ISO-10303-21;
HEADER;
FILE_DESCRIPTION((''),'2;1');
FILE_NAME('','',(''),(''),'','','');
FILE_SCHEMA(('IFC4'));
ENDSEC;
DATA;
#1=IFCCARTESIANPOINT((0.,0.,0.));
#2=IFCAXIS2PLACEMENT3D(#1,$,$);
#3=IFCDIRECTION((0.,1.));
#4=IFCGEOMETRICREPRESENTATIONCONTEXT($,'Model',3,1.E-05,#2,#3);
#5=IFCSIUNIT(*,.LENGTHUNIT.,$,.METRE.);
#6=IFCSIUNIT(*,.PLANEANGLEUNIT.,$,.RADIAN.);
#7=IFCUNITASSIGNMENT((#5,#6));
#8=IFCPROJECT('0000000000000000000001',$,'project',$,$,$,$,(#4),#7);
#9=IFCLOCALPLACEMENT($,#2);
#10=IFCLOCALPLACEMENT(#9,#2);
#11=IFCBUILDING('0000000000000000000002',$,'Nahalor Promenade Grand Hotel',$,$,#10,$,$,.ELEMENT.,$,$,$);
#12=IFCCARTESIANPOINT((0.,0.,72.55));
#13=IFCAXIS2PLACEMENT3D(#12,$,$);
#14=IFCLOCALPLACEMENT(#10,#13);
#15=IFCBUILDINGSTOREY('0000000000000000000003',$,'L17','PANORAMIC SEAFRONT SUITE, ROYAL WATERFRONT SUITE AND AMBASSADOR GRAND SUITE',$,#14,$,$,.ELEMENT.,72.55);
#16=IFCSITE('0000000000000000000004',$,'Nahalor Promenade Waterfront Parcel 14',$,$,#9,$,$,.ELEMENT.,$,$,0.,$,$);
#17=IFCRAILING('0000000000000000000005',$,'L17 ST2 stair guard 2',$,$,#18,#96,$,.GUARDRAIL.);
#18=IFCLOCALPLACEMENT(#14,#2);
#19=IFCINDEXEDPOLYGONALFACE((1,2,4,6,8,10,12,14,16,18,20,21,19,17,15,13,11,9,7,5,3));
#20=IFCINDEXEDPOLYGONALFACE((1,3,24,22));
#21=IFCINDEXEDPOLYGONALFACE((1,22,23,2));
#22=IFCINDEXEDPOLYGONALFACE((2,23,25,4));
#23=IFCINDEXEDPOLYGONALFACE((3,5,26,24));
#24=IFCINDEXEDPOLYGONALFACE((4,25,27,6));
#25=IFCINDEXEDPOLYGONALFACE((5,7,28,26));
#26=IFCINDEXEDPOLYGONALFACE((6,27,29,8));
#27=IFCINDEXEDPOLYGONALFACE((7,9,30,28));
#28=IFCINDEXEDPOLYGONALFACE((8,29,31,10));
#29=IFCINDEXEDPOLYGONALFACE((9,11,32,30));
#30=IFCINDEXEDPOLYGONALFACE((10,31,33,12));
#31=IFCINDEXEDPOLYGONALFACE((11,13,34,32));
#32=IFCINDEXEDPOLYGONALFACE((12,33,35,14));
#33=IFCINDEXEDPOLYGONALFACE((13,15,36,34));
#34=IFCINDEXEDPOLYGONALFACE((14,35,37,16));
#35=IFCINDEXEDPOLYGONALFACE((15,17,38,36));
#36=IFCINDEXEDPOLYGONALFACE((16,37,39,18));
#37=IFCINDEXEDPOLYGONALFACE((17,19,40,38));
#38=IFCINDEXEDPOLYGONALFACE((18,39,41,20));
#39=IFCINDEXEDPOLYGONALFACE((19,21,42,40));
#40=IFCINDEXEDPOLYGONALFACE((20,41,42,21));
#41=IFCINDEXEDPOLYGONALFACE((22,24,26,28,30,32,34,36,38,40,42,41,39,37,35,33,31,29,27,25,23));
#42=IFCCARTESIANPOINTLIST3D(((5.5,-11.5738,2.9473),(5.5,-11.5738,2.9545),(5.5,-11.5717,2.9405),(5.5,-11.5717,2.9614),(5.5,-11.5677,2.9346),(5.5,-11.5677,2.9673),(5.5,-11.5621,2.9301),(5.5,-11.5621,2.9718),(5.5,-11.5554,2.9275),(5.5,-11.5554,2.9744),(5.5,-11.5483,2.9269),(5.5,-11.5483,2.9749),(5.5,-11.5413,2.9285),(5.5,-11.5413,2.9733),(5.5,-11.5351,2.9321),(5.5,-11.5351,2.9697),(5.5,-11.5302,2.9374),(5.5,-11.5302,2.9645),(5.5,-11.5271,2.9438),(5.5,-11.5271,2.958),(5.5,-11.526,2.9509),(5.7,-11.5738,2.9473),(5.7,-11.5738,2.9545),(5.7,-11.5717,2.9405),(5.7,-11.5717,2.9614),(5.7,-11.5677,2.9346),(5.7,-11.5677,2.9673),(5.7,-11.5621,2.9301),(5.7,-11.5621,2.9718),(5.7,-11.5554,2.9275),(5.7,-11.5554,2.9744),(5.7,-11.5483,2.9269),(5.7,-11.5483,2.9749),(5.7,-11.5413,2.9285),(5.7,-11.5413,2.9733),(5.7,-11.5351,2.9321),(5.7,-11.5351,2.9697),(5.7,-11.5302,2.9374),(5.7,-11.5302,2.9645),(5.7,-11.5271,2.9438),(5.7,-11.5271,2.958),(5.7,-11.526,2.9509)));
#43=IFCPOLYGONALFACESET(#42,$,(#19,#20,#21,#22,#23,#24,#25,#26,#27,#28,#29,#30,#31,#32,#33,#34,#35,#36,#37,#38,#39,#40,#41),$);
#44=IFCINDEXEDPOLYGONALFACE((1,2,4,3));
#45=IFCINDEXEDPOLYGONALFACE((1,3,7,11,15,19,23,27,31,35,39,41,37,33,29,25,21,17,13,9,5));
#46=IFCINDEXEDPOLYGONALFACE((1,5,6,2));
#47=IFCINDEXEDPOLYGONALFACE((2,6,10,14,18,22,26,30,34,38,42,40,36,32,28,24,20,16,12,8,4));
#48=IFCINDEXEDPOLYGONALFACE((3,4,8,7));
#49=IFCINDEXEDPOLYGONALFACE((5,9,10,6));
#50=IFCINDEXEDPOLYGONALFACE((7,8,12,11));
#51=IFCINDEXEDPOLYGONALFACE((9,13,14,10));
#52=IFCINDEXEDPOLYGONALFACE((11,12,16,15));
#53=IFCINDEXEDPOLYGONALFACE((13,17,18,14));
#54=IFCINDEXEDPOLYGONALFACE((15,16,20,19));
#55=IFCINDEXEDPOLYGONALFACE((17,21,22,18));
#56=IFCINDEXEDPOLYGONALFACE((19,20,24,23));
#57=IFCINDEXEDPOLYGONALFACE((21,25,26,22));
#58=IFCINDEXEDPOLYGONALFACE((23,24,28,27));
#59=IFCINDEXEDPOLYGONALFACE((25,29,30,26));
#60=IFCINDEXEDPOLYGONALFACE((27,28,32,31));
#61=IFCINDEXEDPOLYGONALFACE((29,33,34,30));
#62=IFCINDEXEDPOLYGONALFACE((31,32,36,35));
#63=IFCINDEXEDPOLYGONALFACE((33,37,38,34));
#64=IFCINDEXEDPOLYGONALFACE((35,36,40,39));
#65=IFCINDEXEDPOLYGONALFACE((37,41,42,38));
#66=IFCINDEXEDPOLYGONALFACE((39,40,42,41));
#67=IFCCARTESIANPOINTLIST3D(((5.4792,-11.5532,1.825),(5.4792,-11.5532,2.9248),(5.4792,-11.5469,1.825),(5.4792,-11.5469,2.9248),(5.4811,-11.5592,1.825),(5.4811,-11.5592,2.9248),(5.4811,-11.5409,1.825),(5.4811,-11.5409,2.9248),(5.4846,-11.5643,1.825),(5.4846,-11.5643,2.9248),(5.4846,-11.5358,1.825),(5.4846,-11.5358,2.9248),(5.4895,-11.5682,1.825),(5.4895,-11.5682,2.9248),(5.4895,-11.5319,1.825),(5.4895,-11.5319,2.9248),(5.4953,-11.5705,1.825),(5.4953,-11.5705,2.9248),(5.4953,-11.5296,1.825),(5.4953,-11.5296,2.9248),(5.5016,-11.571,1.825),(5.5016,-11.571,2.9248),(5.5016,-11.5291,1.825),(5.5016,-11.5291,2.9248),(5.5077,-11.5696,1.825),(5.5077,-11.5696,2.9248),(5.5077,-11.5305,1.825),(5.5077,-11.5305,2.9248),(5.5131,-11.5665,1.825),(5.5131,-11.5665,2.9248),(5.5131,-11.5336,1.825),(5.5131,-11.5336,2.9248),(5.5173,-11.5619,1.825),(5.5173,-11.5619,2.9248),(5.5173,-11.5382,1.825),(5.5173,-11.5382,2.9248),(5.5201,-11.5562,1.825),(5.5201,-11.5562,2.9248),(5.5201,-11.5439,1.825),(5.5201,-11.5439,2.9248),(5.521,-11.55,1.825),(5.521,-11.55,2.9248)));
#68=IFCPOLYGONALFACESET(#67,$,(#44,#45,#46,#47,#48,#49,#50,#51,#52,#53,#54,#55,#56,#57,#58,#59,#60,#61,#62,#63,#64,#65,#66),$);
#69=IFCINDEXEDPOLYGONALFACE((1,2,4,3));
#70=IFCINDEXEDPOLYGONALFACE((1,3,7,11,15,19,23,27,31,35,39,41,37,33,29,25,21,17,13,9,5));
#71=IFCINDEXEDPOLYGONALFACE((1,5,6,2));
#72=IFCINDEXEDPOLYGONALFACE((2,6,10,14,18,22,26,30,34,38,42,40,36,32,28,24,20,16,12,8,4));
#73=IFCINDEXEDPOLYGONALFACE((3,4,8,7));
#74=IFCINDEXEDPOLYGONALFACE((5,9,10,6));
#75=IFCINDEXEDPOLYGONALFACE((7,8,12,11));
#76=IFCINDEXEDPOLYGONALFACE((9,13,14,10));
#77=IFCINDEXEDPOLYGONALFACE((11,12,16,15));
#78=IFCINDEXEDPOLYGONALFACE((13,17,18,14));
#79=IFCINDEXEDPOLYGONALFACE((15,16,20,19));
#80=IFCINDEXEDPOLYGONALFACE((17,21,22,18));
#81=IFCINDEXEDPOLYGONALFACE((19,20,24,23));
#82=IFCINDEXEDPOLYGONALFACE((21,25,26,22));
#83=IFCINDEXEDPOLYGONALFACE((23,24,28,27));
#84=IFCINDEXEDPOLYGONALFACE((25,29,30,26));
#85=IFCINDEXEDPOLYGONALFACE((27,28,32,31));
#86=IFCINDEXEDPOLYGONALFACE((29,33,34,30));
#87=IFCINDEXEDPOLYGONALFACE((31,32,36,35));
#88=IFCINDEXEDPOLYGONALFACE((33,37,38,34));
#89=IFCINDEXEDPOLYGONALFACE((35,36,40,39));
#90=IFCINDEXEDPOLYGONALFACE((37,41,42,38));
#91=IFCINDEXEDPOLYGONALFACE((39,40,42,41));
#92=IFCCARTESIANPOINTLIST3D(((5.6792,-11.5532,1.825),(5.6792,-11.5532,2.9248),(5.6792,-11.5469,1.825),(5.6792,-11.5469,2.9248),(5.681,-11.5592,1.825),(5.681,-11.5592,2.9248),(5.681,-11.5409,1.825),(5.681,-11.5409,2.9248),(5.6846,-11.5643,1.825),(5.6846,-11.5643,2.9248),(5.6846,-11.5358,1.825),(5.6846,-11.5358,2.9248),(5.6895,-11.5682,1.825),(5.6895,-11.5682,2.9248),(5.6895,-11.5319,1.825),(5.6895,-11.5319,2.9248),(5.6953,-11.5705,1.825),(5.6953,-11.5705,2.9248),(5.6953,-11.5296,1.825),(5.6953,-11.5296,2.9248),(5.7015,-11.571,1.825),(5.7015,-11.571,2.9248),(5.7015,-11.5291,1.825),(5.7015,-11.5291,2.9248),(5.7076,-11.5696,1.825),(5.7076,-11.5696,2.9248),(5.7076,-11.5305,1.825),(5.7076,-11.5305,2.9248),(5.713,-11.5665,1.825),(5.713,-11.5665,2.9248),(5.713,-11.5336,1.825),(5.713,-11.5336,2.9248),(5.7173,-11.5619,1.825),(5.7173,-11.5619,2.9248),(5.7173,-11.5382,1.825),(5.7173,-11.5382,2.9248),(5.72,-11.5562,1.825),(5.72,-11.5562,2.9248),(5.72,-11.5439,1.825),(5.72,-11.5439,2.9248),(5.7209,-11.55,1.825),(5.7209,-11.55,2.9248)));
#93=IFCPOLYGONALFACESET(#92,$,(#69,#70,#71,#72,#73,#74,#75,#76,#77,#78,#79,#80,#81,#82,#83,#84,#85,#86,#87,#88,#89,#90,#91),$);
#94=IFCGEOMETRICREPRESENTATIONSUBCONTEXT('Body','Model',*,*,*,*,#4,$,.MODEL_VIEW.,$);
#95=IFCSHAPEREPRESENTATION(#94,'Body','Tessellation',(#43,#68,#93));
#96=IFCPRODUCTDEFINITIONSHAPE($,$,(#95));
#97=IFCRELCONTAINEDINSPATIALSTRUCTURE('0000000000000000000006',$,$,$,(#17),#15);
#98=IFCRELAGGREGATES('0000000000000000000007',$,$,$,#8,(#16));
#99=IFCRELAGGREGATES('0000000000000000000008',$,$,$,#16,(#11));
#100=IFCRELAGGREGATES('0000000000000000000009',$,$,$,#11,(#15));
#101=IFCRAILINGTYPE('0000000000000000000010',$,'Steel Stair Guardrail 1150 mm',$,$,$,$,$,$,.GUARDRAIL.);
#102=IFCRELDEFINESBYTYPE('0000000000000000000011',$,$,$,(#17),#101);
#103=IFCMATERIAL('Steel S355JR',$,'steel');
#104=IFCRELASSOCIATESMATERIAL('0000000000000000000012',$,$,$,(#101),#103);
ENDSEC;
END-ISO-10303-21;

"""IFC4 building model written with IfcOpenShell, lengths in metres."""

from ifc_helpers import new_model, si_unit, direction, frame, origin, origin_2d, place, context, subcontext, project, spatial, circle, extrude, material, type_object, element, save


model = new_model("IFC4")

# Units and contexts
model_context = context("Model", 3, precision=1e-05, world=origin(), true_north=direction((0.0, 1.0)))
body_context = subcontext(model_context, "Body", "Model", "MODEL_VIEW")
ifc_project = project(units=[si_unit("LENGTHUNIT", "METRE"), si_unit("PLANEANGLEUNIT", "RADIAN")], contexts=[model_context])

# Site, building, storey
site_placement = place(None, origin())
site = spatial("IfcSite", under=ifc_project, at=site_placement, Name="Nahalor Promenade Waterfront Parcel 14", CompositionType="ELEMENT", RefElevation=0.0)
building_placement = place(site_placement, origin())
building = spatial("IfcBuilding", under=site, at=building_placement, Name="Nahalor Promenade Grand Hotel", CompositionType="ELEMENT")
storey_placement = place(building_placement, frame((0.0, 0.0, 72.55)))
storey = spatial("IfcBuildingStorey", under=building, at=storey_placement, Name="L17", Description="PANORAMIC SEAFRONT SUITE, ROYAL WATERFRONT SUITE AND AMBASSADOR GRAND SUITE", CompositionType="ELEMENT", Elevation=72.55)

# Shared definitions
ifc_material_1 = material(Name="Steel S355JR", Category="steel")

# Railing
railing_type_1 = type_object("IfcRailingType", Name="Steel Stair Guardrail 1150 mm", PredefinedType="GUARDRAIL", material=ifc_material_1)
railing_1_placement = place(storey_placement, frame((5.5, -11.55, 1.825)))
element("IfcRailing", 1, at=railing_1_placement, inside=storey, type_object=railing_type_1, Name="L17 ST2 stair guard 2", PredefinedType="GUARDRAIL", context=body_context, shape_type="SweptSolid", body=[
    extrude(circle(Radius=0.024, at=origin_2d()), frame((0.0, 0.0, 1.126), z_axis=(1.0, 0.0, 0.0), x_axis=(0.0, 1.0, 0.0)), (0.0, 0.0, 1.0), 0.2),
    extrude(circle(Radius=0.021, at=origin_2d()), origin(), (0.0, 0.0, 1.0), 1.0999),
    extrude(circle(Radius=0.021, at=origin_2d()), frame((0.2, 0.0, 0.0)), (0.0, 0.0, 1.0), 1.0999),
])

save(model, "model.ifc")
